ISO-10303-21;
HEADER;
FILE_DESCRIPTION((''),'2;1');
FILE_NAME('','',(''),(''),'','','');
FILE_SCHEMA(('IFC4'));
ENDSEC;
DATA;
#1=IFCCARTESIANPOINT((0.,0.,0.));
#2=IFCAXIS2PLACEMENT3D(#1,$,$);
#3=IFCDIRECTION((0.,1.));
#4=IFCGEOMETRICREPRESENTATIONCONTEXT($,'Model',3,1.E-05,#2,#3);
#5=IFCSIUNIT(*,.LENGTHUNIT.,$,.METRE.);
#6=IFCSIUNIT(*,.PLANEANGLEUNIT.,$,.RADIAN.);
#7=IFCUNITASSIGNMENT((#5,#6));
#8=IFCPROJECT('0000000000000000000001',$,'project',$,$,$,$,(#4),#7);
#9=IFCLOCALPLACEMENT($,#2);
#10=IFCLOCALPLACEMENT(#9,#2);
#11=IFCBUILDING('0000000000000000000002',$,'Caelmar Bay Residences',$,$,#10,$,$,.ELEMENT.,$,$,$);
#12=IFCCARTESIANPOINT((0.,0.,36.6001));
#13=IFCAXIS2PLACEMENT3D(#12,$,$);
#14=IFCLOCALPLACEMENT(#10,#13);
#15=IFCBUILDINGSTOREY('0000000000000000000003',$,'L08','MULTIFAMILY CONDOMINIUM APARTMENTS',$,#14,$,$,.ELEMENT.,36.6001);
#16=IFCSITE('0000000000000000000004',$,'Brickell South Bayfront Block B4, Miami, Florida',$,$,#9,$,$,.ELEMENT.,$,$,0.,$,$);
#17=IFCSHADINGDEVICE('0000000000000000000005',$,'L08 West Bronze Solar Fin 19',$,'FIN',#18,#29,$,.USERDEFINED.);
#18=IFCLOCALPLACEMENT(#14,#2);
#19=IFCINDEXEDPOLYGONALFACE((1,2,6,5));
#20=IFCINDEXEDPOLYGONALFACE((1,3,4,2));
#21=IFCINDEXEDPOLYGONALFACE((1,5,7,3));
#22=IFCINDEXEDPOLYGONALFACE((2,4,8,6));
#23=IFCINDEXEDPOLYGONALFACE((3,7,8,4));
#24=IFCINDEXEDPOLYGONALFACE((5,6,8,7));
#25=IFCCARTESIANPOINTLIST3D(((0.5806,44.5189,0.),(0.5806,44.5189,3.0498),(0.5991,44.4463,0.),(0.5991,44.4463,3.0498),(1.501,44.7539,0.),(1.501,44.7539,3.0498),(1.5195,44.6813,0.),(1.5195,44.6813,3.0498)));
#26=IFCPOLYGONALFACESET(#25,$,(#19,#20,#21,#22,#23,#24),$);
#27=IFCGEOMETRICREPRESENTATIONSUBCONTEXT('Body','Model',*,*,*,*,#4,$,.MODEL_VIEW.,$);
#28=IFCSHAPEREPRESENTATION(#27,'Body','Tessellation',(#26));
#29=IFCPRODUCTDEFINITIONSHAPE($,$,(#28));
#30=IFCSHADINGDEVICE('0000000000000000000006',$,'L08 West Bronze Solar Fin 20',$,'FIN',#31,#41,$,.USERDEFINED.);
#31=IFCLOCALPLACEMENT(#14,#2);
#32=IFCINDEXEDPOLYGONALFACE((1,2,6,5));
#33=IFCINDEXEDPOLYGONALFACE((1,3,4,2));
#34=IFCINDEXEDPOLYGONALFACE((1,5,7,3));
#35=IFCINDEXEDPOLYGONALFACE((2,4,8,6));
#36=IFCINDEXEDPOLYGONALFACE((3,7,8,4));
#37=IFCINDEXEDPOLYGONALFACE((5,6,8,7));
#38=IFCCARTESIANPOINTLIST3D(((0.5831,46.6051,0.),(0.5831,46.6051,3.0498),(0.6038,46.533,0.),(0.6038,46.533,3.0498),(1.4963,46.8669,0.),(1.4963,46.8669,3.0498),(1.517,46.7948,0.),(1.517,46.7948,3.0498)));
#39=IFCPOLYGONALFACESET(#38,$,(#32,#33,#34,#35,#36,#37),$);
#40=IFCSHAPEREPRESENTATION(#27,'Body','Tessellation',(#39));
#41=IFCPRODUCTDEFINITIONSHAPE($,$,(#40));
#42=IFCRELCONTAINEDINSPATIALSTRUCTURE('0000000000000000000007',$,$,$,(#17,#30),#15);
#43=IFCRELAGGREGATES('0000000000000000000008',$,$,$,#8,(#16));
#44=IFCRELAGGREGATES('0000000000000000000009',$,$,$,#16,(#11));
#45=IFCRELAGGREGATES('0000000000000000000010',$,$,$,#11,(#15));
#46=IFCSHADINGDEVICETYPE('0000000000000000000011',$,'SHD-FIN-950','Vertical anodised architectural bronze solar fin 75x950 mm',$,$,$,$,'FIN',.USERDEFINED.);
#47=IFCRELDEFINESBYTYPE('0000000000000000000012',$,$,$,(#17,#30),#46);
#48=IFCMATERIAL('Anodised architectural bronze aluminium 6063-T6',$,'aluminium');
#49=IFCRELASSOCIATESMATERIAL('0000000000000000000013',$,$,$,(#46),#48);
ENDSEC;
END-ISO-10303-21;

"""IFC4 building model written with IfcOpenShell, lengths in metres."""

from ifc_helpers import new_model, si_unit, direction, frame, origin, origin_2d, place, context, subcontext, project, spatial, rectangle, extrude, material, material_profile, profile_set, type_object, element, save


model = new_model("IFC4")

# Units and contexts
model_context = context("Model", 3, precision=1e-05, world=origin(), true_north=direction((0.0, 1.0)))
body_context = subcontext(model_context, "Body", "Model", "MODEL_VIEW")
ifc_project = project(units=[si_unit("LENGTHUNIT", "METRE"), si_unit("PLANEANGLEUNIT", "RADIAN")], contexts=[model_context])

# Site, building, storey
site_placement = place(None, origin())
site = spatial("IfcSite", under=ifc_project, at=site_placement, Name="Brickell South Bayfront Block B4, Miami, Florida", CompositionType="ELEMENT", RefElevation=0.0)
building_placement = place(site_placement, origin())
building = spatial("IfcBuilding", under=site, at=building_placement, Name="Caelmar Bay Residences", CompositionType="ELEMENT")
storey_placement = place(building_placement, frame((0.0, 0.0, 36.6001)))
storey = spatial("IfcBuildingStorey", under=building, at=storey_placement, Name="L08", Description="MULTIFAMILY CONDOMINIUM APARTMENTS", CompositionType="ELEMENT", Elevation=36.6001)

# Shading devices
ifc_material_1 = material(Name="Anodised architectural bronze aluminium 6063-T6", Category="aluminium")
ifc_material_profile_1 = material_profile(ifc_material_1, rectangle(XDim=0.075, YDim=0.95, at=origin_2d()), Name="BRONZE-FIN-75X950")
ifc_profile_set_1 = profile_set([ifc_material_profile_1], Name="Anodised architectural bronze aluminium 6063-T6")
shading_device_type = type_object("IfcShadingDeviceType", Name="SHD-FIN-950", Description="Vertical anodised architectural bronze solar fin 75x950 mm", ElementType="FIN", PredefinedType="USERDEFINED", material=ifc_profile_set_1)
for number, where, z_axis, x_axis, name in (
    (1, (1.05, 44.6001, 0.0), (0.0, 0.0, 1.0), (-0.247337, 0.968929, 0.0), "L08 West Bronze Solar Fin 19"),
    (2, (1.05, 46.7, 0.0), (0.0, 0.0, 1.0), (-0.275637, 0.961262, 0.0), "L08 West Bronze Solar Fin 20"),
):
    element("IfcShadingDevice", number, at=place(storey_placement, frame(where, z_axis=z_axis, x_axis=x_axis)), inside=storey, type_object=shading_device_type, Name=name, ObjectType="FIN", PredefinedType="USERDEFINED", context=body_context, shape_type="SweptSolid", body=[
        extrude(rectangle(XDim=0.075, YDim=0.95, at=origin_2d()), origin(), (0.0, 0.0, 1.0), 3.0498),
    ])

save(model, "model.ifc")
